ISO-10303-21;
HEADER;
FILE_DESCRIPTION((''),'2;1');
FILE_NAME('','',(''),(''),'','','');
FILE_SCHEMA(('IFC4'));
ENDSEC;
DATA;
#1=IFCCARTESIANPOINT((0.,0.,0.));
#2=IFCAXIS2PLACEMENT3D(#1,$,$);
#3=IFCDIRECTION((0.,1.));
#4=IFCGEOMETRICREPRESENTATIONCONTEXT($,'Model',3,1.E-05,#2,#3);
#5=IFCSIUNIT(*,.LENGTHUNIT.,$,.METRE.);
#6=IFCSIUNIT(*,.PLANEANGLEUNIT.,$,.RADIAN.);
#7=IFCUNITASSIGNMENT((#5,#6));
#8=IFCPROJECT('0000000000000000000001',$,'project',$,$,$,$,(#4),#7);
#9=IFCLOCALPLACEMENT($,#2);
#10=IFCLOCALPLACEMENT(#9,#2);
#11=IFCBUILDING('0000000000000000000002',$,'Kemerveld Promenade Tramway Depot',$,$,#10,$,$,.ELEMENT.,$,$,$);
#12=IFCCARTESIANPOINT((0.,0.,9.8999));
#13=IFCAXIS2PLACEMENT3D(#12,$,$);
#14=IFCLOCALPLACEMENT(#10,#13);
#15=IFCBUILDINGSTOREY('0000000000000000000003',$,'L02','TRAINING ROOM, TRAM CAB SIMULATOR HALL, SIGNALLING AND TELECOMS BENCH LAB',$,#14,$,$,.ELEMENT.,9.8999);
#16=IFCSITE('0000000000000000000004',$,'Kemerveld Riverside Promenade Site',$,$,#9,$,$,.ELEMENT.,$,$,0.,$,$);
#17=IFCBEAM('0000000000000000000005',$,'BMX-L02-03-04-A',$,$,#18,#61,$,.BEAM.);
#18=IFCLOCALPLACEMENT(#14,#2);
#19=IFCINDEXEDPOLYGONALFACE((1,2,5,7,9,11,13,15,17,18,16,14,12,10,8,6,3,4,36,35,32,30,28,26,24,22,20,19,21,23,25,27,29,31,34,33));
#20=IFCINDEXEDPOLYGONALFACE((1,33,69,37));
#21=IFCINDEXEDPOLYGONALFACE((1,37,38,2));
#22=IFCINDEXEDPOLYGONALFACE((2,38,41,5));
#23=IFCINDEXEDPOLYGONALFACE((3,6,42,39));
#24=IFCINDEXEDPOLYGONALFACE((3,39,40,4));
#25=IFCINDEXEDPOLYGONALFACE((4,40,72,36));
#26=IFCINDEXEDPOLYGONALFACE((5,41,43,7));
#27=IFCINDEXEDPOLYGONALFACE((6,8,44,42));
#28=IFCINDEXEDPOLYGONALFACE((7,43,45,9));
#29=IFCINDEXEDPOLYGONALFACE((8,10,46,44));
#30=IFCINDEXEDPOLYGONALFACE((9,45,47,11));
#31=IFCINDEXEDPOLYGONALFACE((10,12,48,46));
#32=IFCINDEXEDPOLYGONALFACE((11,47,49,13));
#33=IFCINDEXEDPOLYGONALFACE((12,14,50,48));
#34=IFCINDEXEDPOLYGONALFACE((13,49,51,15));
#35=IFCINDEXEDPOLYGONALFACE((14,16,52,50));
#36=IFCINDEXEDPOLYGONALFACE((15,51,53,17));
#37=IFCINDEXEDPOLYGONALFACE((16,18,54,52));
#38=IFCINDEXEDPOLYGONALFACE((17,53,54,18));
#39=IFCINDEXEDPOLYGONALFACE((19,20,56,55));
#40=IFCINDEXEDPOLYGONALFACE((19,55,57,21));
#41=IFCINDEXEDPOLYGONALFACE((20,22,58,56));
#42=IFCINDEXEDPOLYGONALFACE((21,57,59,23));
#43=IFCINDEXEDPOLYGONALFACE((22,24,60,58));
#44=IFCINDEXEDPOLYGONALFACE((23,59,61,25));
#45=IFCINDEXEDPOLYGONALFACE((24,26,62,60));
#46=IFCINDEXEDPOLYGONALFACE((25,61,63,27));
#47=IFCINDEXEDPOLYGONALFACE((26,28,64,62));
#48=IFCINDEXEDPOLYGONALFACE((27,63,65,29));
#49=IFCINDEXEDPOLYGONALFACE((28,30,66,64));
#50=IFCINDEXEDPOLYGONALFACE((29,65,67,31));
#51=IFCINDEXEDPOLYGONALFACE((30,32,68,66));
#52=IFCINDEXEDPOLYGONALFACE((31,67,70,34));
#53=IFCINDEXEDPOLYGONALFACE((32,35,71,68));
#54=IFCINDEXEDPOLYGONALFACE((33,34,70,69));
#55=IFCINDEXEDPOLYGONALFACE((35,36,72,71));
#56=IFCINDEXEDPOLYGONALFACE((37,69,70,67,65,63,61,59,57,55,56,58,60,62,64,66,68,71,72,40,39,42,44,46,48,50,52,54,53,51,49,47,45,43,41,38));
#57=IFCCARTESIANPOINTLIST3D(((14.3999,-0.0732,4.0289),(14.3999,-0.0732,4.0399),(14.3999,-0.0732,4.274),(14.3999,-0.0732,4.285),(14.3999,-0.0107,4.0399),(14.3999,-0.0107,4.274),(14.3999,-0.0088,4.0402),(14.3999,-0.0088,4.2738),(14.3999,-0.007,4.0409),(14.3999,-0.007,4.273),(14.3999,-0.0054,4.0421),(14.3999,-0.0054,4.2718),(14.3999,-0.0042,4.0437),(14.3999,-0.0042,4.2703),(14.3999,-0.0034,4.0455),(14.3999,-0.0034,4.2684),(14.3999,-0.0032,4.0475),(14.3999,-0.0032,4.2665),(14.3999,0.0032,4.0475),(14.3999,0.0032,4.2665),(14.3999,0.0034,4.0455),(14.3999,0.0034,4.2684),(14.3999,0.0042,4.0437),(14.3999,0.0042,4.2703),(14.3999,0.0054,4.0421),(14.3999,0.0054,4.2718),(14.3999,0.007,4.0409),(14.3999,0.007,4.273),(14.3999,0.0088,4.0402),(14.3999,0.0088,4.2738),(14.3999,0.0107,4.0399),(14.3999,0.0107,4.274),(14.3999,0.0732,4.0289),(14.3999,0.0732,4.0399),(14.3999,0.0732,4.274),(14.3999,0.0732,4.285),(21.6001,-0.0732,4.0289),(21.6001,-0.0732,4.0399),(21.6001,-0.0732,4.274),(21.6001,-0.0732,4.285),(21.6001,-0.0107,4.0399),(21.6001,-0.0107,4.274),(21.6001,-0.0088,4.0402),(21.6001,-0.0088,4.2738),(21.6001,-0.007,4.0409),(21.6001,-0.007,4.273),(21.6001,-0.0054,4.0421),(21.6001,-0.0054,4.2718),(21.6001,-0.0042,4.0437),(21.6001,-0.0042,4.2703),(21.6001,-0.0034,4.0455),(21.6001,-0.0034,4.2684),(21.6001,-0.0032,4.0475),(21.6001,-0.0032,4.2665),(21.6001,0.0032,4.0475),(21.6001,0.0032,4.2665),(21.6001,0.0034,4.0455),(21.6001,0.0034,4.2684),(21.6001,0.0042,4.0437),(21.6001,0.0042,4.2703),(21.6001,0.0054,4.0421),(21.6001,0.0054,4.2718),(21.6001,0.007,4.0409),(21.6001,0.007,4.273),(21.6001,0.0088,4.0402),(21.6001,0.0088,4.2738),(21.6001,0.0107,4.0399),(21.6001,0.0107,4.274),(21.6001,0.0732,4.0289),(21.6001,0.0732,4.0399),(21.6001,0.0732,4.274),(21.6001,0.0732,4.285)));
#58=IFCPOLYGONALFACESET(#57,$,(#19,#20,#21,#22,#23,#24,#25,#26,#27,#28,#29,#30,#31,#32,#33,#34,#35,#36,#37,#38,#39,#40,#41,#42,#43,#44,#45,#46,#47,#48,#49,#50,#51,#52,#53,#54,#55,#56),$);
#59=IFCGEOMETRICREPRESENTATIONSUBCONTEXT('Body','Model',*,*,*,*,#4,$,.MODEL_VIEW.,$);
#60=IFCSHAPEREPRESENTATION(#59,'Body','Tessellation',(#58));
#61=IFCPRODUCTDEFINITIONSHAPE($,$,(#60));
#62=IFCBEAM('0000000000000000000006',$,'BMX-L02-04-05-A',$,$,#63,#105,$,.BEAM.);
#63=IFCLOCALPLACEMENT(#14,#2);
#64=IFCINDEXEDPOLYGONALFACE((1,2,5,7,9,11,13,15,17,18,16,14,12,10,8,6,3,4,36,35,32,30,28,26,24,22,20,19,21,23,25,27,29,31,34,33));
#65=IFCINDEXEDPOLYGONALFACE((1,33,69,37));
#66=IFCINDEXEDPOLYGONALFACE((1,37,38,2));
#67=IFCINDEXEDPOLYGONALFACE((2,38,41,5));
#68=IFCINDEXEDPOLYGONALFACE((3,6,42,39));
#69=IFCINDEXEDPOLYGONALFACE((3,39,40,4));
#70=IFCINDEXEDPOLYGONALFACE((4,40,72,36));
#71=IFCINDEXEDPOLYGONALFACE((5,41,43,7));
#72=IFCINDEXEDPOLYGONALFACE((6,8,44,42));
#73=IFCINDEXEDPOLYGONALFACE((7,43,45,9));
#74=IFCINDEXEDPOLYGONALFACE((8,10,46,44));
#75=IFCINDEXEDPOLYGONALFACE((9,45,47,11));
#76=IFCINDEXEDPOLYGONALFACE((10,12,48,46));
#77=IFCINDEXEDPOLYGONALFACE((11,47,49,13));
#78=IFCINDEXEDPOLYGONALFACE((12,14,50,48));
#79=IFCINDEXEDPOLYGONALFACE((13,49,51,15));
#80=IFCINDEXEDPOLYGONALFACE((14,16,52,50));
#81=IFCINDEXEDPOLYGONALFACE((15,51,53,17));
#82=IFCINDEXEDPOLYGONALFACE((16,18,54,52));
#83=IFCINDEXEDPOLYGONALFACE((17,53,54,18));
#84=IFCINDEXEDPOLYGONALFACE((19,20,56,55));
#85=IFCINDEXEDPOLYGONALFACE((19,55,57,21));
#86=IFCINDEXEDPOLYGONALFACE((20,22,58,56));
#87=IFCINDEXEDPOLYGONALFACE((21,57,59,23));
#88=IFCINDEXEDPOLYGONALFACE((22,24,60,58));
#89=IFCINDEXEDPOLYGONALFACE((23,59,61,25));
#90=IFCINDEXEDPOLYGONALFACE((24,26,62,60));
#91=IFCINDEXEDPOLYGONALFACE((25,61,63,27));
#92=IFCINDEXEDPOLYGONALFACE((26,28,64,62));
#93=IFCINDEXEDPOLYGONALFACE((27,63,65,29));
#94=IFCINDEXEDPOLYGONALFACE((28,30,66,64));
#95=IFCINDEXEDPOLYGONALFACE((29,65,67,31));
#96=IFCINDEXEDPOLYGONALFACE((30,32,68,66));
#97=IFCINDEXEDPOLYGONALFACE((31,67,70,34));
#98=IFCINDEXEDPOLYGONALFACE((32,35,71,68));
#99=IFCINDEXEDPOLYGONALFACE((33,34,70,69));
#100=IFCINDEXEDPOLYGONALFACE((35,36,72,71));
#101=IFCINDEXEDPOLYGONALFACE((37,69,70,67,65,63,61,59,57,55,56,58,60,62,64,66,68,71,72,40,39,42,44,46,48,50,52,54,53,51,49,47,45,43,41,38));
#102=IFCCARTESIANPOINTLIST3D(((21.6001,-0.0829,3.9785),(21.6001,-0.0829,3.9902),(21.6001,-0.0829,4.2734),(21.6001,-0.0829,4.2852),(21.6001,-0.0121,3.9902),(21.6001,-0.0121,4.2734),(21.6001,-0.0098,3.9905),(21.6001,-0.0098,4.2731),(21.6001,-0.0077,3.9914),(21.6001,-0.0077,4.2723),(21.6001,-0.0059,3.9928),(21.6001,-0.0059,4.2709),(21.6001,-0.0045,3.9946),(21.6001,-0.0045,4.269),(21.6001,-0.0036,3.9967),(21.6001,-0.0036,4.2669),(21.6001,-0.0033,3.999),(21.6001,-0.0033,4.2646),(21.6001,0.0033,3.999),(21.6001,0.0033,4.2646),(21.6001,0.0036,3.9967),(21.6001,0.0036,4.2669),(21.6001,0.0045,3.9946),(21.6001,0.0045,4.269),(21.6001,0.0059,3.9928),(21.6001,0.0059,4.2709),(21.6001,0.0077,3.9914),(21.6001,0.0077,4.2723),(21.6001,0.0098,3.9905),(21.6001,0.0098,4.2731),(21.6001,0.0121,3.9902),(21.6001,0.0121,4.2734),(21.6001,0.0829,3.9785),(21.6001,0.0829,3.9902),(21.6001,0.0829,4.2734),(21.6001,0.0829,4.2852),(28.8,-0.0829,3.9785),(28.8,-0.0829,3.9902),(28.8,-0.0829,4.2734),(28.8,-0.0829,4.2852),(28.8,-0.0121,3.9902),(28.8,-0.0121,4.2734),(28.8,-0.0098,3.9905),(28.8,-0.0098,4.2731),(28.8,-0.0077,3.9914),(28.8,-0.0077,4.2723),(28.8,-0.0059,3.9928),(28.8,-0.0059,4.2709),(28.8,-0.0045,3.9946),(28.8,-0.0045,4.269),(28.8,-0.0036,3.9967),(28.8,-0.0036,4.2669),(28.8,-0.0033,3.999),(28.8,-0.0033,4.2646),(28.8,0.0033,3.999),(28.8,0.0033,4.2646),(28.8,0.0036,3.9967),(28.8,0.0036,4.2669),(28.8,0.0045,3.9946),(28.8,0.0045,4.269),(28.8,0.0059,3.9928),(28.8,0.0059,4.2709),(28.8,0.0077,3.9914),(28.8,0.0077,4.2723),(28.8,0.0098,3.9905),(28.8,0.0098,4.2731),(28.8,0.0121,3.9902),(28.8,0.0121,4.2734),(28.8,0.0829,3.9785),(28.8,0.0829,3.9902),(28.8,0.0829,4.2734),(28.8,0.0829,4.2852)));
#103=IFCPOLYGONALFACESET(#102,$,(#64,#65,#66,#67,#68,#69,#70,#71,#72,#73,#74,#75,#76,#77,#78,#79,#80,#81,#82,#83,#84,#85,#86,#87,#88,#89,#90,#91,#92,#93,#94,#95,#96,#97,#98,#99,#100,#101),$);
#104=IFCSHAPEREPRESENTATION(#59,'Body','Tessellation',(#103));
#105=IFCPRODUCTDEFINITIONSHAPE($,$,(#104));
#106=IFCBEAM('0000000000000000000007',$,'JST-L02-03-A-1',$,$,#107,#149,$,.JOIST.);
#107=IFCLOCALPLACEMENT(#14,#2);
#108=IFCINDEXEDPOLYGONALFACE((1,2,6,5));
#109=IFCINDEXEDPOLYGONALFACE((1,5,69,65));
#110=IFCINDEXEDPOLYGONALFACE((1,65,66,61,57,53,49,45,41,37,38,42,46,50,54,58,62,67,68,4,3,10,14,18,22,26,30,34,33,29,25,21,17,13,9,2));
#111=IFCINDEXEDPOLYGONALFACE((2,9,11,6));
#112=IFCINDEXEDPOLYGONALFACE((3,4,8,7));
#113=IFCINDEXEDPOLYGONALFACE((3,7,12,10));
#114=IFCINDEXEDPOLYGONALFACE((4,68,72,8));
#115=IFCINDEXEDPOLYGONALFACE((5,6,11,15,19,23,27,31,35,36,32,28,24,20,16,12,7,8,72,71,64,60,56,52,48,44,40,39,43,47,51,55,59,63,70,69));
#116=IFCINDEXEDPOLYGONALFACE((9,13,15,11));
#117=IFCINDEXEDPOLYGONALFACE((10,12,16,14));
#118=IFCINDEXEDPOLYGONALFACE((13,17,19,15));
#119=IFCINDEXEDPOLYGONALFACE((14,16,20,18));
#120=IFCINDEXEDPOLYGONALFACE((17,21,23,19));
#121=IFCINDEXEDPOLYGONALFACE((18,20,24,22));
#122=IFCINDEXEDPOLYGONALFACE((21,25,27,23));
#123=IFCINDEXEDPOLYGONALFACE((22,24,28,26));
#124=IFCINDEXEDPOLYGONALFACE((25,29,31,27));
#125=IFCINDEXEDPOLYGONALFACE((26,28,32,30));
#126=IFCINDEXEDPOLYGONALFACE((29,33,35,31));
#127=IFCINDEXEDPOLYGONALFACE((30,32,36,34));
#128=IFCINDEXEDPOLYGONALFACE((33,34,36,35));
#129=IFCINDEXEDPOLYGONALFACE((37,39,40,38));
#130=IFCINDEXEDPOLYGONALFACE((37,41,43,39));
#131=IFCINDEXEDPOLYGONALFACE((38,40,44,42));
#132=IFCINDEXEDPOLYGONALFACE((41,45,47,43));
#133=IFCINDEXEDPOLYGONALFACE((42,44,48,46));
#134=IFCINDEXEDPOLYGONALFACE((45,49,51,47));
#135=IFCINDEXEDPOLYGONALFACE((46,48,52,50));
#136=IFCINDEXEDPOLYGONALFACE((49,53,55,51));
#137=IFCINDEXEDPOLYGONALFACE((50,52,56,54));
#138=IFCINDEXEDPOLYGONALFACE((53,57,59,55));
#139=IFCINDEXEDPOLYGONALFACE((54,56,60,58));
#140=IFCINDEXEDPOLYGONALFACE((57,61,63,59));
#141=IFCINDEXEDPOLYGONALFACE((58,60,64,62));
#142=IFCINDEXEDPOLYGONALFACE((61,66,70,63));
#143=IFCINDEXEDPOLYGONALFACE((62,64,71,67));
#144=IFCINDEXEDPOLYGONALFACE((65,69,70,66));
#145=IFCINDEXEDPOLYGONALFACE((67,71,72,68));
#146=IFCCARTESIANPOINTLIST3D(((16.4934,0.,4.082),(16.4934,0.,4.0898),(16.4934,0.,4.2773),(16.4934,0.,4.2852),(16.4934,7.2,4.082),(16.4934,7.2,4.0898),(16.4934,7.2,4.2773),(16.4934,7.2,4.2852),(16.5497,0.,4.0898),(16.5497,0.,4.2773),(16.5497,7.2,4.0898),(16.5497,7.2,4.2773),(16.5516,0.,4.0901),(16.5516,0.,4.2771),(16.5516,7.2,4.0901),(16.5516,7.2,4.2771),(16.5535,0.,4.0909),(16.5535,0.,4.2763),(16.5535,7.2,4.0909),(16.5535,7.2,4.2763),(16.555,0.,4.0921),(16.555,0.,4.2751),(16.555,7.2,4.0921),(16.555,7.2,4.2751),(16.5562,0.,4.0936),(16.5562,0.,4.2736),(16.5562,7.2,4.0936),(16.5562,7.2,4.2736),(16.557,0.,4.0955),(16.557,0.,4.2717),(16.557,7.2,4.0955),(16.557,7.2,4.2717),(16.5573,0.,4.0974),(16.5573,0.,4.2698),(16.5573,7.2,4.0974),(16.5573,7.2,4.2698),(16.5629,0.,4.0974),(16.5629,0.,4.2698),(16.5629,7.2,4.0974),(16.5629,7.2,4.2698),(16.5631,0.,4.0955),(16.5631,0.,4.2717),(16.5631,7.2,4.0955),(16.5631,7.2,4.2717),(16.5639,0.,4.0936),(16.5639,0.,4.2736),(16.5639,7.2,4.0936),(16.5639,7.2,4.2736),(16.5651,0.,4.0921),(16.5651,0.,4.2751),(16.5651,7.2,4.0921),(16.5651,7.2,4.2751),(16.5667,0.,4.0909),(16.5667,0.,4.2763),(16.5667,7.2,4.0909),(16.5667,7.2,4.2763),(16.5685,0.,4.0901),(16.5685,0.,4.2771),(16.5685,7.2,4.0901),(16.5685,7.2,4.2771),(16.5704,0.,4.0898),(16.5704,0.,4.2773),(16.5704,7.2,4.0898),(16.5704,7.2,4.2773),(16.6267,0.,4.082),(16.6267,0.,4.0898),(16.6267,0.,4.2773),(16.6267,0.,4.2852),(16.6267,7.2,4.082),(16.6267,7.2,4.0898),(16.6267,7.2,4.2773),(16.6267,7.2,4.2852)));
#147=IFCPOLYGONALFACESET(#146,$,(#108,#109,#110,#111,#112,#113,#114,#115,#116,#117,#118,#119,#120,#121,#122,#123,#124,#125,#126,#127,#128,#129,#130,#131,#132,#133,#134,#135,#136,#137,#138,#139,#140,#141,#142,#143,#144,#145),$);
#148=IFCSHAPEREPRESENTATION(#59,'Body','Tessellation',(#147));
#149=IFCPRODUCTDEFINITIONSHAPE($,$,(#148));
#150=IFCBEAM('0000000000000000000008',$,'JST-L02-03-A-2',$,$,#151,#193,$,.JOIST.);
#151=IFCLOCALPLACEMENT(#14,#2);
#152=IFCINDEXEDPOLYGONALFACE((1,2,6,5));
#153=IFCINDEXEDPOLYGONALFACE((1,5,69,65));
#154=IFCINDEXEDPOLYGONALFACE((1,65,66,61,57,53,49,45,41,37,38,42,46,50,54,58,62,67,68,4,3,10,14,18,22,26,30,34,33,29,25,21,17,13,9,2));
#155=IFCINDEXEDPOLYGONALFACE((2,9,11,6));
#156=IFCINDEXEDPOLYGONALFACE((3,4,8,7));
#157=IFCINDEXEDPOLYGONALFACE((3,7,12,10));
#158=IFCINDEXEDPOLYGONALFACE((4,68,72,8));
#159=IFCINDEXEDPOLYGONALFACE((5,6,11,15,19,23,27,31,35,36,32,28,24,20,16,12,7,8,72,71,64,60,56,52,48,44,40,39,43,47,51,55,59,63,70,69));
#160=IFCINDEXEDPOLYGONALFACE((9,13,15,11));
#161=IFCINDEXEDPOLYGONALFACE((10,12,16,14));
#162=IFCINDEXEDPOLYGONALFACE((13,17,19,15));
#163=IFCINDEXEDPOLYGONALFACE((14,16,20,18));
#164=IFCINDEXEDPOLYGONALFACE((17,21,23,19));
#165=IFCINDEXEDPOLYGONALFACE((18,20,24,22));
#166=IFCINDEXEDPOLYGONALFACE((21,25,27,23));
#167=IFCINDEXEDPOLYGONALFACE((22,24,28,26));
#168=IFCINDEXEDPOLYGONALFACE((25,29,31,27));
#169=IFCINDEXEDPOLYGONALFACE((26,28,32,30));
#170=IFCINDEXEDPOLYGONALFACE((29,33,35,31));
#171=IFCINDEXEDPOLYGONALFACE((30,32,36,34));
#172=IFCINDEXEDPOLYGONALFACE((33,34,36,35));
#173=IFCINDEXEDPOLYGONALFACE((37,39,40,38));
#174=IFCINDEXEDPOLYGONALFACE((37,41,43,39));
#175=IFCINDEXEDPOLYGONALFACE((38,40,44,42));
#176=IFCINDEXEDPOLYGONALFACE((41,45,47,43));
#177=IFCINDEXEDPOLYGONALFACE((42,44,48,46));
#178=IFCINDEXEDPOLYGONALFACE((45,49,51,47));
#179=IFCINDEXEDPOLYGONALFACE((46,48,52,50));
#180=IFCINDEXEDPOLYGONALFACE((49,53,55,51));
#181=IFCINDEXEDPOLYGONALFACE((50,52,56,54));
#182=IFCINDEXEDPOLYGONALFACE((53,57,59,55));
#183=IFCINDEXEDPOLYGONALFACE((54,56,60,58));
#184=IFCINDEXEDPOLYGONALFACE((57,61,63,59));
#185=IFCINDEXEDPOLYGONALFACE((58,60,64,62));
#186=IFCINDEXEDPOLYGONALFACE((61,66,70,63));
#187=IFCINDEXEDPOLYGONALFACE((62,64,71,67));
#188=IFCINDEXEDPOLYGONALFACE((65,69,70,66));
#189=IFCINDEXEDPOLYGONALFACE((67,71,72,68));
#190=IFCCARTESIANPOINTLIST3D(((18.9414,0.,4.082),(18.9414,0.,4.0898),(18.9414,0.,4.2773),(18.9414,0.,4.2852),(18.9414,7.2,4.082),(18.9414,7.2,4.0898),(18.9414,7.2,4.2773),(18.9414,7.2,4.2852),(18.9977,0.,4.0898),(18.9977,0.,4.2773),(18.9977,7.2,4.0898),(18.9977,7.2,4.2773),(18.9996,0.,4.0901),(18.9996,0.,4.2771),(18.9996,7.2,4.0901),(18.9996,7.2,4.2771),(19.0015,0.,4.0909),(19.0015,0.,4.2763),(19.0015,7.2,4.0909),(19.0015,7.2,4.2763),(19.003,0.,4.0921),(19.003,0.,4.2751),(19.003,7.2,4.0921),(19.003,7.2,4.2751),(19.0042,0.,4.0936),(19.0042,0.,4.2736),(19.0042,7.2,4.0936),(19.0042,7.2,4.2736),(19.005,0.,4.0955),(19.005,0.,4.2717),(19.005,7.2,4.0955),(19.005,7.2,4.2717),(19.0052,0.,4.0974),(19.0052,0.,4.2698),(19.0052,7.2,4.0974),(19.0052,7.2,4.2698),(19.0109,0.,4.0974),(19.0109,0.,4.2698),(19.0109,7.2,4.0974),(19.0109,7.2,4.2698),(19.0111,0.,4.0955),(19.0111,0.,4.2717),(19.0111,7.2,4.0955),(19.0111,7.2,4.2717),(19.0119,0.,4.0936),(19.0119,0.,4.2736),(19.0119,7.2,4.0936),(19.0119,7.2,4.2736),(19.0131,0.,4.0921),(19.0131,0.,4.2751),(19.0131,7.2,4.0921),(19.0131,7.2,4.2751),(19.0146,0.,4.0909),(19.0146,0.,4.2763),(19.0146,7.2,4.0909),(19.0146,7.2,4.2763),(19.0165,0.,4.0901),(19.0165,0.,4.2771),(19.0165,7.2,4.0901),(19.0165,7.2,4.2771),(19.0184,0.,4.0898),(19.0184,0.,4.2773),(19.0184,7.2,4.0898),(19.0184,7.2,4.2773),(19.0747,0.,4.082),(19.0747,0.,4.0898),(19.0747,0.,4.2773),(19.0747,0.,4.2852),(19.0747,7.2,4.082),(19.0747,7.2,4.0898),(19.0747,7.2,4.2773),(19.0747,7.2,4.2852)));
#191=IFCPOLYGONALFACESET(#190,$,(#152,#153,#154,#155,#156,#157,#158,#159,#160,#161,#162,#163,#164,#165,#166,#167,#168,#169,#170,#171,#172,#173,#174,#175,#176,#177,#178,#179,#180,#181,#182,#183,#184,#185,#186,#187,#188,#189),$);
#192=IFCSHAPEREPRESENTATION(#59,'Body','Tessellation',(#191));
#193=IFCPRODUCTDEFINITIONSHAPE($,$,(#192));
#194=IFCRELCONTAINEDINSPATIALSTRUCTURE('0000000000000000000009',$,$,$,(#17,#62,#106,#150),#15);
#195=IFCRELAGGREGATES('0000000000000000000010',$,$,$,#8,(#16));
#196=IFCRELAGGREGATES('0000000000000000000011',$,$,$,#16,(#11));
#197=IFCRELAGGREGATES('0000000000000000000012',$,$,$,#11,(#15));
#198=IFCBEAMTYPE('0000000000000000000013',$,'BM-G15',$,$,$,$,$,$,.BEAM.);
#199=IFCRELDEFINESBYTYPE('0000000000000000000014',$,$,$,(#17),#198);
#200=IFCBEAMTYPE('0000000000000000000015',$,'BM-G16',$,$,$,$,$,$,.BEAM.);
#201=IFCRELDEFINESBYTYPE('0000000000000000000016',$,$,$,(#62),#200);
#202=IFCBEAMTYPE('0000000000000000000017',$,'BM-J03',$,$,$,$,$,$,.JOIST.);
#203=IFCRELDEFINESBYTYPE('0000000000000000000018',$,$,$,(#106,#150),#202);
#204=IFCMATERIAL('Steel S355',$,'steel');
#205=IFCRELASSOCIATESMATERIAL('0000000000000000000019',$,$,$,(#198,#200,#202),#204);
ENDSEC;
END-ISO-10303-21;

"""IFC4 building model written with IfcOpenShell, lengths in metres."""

from ifc_helpers import new_model, si_unit, direction, frame, origin, origin_2d, place, context, subcontext, project, spatial, i_section, extrude, material, material_profile, profile_set, type_object, element, save


model = new_model("IFC4")

# Units and contexts
model_context = context("Model", 3, precision=1e-05, world=origin(), true_north=direction((0.0, 1.0)))
body_context = subcontext(model_context, "Body", "Model", "MODEL_VIEW")
ifc_project = project(units=[si_unit("LENGTHUNIT", "METRE"), si_unit("PLANEANGLEUNIT", "RADIAN")], contexts=[model_context])

# Site, building, storey
site_placement = place(None, origin())
site = spatial("IfcSite", under=ifc_project, at=site_placement, Name="Kemerveld Riverside Promenade Site", CompositionType="ELEMENT", RefElevation=0.0)
building_placement = place(site_placement, origin())
building = spatial("IfcBuilding", under=site, at=building_placement, Name="Kemerveld Promenade Tramway Depot", CompositionType="ELEMENT")
storey_placement = place(building_placement, frame((0.0, 0.0, 9.8999)))
storey = spatial("IfcBuildingStorey", under=building, at=storey_placement, Name="L02", Description="TRAINING ROOM, TRAM CAB SIMULATOR HALL, SIGNALLING AND TELECOMS BENCH LAB", CompositionType="ELEMENT", Elevation=9.8999)

# Shared definitions
ifc_material_1 = material(Name="Steel S355", Category="steel")

# Beams
ifc_material_profile_1 = material_profile(ifc_material_1, i_section(OverallWidth=0.1465, OverallDepth=0.2561, WebThickness=0.0063, FlangeThickness=0.011, FilletRadius=0.0076, at=origin_2d()), Name="254x146x37 UB")
ifc_profile_set_1 = profile_set([ifc_material_profile_1], Name="Steel S355")
beam_type_1 = type_object("IfcBeamType", Name="BM-G15", PredefinedType="BEAM", material=ifc_profile_set_1)
beam_1_placement = place(storey_placement, frame((14.3999, 0.0, 4.157), z_axis=(1.0, 0.0, 0.0), x_axis=(0.0, 1.0, 0.0)))
element("IfcBeam", 1, at=beam_1_placement, inside=storey, type_object=beam_type_1, Name="BMX-L02-03-04-A", PredefinedType="BEAM", context=body_context, shape_type="SweptSolid", body=[
    extrude(i_section(OverallWidth=0.1465, OverallDepth=0.2561, WebThickness=0.0063, FlangeThickness=0.011, FilletRadius=0.0076, at=origin_2d()), origin(), (0.0, 0.0, 1.0), 7.2002),
])
ifc_material_profile_2 = material_profile(ifc_material_1, i_section(OverallWidth=0.1658, OverallDepth=0.3066, WebThickness=0.0066, FlangeThickness=0.0117, FilletRadius=0.0088, at=origin_2d()), Name="305x165x46 UB")
ifc_profile_set_2 = profile_set([ifc_material_profile_2], Name="Steel S355")
beam_type_2 = type_object("IfcBeamType", Name="BM-G16", PredefinedType="BEAM", material=ifc_profile_set_2)
beam_2_placement = place(storey_placement, frame((21.6001, 0.0, 4.1318), z_axis=(1.0, 0.0, 0.0), x_axis=(0.0, 1.0, 0.0)))
element("IfcBeam", 2, at=beam_2_placement, inside=storey, type_object=beam_type_2, Name="BMX-L02-04-05-A", PredefinedType="BEAM", context=body_context, shape_type="SweptSolid", body=[
    extrude(i_section(OverallWidth=0.1658, OverallDepth=0.3066, WebThickness=0.0066, FlangeThickness=0.0117, FilletRadius=0.0088, at=origin_2d()), origin(), (0.0, 0.0, 1.0), 7.2),
])
ifc_material_profile_3 = material_profile(ifc_material_1, i_section(OverallWidth=0.1333, OverallDepth=0.2031, WebThickness=0.0056, FlangeThickness=0.0078, FilletRadius=0.0076, at=origin_2d()), Name="203x133x25 UB")
ifc_profile_set_3 = profile_set([ifc_material_profile_3], Name="Steel S355")
beam_type_3 = type_object("IfcBeamType", Name="BM-J03", PredefinedType="JOIST", material=ifc_profile_set_3)
for number, where, z_axis, x_axis, name in (
    (3, (16.5601, 0.0, 4.1836), (0.0, 1.0, 0.0), (-1.0, 0.0, 0.0), "JST-L02-03-A-1"),
    (4, (19.0081, 0.0, 4.1836), (0.0, 1.0, 0.0), (-1.0, 0.0, 0.0), "JST-L02-03-A-2"),
):
    element("IfcBeam", number, at=place(storey_placement, frame(where, z_axis=z_axis, x_axis=x_axis)), inside=storey, type_object=beam_type_3, Name=name, PredefinedType="JOIST", context=body_context, shape_type="SweptSolid", body=[
        extrude(i_section(OverallWidth=0.1333, OverallDepth=0.2031, WebThickness=0.0056, FlangeThickness=0.0078, FilletRadius=0.0076, at=origin_2d()), origin(), (0.0, 0.0, 1.0), 7.2),
    ])

save(model, "model.ifc")
